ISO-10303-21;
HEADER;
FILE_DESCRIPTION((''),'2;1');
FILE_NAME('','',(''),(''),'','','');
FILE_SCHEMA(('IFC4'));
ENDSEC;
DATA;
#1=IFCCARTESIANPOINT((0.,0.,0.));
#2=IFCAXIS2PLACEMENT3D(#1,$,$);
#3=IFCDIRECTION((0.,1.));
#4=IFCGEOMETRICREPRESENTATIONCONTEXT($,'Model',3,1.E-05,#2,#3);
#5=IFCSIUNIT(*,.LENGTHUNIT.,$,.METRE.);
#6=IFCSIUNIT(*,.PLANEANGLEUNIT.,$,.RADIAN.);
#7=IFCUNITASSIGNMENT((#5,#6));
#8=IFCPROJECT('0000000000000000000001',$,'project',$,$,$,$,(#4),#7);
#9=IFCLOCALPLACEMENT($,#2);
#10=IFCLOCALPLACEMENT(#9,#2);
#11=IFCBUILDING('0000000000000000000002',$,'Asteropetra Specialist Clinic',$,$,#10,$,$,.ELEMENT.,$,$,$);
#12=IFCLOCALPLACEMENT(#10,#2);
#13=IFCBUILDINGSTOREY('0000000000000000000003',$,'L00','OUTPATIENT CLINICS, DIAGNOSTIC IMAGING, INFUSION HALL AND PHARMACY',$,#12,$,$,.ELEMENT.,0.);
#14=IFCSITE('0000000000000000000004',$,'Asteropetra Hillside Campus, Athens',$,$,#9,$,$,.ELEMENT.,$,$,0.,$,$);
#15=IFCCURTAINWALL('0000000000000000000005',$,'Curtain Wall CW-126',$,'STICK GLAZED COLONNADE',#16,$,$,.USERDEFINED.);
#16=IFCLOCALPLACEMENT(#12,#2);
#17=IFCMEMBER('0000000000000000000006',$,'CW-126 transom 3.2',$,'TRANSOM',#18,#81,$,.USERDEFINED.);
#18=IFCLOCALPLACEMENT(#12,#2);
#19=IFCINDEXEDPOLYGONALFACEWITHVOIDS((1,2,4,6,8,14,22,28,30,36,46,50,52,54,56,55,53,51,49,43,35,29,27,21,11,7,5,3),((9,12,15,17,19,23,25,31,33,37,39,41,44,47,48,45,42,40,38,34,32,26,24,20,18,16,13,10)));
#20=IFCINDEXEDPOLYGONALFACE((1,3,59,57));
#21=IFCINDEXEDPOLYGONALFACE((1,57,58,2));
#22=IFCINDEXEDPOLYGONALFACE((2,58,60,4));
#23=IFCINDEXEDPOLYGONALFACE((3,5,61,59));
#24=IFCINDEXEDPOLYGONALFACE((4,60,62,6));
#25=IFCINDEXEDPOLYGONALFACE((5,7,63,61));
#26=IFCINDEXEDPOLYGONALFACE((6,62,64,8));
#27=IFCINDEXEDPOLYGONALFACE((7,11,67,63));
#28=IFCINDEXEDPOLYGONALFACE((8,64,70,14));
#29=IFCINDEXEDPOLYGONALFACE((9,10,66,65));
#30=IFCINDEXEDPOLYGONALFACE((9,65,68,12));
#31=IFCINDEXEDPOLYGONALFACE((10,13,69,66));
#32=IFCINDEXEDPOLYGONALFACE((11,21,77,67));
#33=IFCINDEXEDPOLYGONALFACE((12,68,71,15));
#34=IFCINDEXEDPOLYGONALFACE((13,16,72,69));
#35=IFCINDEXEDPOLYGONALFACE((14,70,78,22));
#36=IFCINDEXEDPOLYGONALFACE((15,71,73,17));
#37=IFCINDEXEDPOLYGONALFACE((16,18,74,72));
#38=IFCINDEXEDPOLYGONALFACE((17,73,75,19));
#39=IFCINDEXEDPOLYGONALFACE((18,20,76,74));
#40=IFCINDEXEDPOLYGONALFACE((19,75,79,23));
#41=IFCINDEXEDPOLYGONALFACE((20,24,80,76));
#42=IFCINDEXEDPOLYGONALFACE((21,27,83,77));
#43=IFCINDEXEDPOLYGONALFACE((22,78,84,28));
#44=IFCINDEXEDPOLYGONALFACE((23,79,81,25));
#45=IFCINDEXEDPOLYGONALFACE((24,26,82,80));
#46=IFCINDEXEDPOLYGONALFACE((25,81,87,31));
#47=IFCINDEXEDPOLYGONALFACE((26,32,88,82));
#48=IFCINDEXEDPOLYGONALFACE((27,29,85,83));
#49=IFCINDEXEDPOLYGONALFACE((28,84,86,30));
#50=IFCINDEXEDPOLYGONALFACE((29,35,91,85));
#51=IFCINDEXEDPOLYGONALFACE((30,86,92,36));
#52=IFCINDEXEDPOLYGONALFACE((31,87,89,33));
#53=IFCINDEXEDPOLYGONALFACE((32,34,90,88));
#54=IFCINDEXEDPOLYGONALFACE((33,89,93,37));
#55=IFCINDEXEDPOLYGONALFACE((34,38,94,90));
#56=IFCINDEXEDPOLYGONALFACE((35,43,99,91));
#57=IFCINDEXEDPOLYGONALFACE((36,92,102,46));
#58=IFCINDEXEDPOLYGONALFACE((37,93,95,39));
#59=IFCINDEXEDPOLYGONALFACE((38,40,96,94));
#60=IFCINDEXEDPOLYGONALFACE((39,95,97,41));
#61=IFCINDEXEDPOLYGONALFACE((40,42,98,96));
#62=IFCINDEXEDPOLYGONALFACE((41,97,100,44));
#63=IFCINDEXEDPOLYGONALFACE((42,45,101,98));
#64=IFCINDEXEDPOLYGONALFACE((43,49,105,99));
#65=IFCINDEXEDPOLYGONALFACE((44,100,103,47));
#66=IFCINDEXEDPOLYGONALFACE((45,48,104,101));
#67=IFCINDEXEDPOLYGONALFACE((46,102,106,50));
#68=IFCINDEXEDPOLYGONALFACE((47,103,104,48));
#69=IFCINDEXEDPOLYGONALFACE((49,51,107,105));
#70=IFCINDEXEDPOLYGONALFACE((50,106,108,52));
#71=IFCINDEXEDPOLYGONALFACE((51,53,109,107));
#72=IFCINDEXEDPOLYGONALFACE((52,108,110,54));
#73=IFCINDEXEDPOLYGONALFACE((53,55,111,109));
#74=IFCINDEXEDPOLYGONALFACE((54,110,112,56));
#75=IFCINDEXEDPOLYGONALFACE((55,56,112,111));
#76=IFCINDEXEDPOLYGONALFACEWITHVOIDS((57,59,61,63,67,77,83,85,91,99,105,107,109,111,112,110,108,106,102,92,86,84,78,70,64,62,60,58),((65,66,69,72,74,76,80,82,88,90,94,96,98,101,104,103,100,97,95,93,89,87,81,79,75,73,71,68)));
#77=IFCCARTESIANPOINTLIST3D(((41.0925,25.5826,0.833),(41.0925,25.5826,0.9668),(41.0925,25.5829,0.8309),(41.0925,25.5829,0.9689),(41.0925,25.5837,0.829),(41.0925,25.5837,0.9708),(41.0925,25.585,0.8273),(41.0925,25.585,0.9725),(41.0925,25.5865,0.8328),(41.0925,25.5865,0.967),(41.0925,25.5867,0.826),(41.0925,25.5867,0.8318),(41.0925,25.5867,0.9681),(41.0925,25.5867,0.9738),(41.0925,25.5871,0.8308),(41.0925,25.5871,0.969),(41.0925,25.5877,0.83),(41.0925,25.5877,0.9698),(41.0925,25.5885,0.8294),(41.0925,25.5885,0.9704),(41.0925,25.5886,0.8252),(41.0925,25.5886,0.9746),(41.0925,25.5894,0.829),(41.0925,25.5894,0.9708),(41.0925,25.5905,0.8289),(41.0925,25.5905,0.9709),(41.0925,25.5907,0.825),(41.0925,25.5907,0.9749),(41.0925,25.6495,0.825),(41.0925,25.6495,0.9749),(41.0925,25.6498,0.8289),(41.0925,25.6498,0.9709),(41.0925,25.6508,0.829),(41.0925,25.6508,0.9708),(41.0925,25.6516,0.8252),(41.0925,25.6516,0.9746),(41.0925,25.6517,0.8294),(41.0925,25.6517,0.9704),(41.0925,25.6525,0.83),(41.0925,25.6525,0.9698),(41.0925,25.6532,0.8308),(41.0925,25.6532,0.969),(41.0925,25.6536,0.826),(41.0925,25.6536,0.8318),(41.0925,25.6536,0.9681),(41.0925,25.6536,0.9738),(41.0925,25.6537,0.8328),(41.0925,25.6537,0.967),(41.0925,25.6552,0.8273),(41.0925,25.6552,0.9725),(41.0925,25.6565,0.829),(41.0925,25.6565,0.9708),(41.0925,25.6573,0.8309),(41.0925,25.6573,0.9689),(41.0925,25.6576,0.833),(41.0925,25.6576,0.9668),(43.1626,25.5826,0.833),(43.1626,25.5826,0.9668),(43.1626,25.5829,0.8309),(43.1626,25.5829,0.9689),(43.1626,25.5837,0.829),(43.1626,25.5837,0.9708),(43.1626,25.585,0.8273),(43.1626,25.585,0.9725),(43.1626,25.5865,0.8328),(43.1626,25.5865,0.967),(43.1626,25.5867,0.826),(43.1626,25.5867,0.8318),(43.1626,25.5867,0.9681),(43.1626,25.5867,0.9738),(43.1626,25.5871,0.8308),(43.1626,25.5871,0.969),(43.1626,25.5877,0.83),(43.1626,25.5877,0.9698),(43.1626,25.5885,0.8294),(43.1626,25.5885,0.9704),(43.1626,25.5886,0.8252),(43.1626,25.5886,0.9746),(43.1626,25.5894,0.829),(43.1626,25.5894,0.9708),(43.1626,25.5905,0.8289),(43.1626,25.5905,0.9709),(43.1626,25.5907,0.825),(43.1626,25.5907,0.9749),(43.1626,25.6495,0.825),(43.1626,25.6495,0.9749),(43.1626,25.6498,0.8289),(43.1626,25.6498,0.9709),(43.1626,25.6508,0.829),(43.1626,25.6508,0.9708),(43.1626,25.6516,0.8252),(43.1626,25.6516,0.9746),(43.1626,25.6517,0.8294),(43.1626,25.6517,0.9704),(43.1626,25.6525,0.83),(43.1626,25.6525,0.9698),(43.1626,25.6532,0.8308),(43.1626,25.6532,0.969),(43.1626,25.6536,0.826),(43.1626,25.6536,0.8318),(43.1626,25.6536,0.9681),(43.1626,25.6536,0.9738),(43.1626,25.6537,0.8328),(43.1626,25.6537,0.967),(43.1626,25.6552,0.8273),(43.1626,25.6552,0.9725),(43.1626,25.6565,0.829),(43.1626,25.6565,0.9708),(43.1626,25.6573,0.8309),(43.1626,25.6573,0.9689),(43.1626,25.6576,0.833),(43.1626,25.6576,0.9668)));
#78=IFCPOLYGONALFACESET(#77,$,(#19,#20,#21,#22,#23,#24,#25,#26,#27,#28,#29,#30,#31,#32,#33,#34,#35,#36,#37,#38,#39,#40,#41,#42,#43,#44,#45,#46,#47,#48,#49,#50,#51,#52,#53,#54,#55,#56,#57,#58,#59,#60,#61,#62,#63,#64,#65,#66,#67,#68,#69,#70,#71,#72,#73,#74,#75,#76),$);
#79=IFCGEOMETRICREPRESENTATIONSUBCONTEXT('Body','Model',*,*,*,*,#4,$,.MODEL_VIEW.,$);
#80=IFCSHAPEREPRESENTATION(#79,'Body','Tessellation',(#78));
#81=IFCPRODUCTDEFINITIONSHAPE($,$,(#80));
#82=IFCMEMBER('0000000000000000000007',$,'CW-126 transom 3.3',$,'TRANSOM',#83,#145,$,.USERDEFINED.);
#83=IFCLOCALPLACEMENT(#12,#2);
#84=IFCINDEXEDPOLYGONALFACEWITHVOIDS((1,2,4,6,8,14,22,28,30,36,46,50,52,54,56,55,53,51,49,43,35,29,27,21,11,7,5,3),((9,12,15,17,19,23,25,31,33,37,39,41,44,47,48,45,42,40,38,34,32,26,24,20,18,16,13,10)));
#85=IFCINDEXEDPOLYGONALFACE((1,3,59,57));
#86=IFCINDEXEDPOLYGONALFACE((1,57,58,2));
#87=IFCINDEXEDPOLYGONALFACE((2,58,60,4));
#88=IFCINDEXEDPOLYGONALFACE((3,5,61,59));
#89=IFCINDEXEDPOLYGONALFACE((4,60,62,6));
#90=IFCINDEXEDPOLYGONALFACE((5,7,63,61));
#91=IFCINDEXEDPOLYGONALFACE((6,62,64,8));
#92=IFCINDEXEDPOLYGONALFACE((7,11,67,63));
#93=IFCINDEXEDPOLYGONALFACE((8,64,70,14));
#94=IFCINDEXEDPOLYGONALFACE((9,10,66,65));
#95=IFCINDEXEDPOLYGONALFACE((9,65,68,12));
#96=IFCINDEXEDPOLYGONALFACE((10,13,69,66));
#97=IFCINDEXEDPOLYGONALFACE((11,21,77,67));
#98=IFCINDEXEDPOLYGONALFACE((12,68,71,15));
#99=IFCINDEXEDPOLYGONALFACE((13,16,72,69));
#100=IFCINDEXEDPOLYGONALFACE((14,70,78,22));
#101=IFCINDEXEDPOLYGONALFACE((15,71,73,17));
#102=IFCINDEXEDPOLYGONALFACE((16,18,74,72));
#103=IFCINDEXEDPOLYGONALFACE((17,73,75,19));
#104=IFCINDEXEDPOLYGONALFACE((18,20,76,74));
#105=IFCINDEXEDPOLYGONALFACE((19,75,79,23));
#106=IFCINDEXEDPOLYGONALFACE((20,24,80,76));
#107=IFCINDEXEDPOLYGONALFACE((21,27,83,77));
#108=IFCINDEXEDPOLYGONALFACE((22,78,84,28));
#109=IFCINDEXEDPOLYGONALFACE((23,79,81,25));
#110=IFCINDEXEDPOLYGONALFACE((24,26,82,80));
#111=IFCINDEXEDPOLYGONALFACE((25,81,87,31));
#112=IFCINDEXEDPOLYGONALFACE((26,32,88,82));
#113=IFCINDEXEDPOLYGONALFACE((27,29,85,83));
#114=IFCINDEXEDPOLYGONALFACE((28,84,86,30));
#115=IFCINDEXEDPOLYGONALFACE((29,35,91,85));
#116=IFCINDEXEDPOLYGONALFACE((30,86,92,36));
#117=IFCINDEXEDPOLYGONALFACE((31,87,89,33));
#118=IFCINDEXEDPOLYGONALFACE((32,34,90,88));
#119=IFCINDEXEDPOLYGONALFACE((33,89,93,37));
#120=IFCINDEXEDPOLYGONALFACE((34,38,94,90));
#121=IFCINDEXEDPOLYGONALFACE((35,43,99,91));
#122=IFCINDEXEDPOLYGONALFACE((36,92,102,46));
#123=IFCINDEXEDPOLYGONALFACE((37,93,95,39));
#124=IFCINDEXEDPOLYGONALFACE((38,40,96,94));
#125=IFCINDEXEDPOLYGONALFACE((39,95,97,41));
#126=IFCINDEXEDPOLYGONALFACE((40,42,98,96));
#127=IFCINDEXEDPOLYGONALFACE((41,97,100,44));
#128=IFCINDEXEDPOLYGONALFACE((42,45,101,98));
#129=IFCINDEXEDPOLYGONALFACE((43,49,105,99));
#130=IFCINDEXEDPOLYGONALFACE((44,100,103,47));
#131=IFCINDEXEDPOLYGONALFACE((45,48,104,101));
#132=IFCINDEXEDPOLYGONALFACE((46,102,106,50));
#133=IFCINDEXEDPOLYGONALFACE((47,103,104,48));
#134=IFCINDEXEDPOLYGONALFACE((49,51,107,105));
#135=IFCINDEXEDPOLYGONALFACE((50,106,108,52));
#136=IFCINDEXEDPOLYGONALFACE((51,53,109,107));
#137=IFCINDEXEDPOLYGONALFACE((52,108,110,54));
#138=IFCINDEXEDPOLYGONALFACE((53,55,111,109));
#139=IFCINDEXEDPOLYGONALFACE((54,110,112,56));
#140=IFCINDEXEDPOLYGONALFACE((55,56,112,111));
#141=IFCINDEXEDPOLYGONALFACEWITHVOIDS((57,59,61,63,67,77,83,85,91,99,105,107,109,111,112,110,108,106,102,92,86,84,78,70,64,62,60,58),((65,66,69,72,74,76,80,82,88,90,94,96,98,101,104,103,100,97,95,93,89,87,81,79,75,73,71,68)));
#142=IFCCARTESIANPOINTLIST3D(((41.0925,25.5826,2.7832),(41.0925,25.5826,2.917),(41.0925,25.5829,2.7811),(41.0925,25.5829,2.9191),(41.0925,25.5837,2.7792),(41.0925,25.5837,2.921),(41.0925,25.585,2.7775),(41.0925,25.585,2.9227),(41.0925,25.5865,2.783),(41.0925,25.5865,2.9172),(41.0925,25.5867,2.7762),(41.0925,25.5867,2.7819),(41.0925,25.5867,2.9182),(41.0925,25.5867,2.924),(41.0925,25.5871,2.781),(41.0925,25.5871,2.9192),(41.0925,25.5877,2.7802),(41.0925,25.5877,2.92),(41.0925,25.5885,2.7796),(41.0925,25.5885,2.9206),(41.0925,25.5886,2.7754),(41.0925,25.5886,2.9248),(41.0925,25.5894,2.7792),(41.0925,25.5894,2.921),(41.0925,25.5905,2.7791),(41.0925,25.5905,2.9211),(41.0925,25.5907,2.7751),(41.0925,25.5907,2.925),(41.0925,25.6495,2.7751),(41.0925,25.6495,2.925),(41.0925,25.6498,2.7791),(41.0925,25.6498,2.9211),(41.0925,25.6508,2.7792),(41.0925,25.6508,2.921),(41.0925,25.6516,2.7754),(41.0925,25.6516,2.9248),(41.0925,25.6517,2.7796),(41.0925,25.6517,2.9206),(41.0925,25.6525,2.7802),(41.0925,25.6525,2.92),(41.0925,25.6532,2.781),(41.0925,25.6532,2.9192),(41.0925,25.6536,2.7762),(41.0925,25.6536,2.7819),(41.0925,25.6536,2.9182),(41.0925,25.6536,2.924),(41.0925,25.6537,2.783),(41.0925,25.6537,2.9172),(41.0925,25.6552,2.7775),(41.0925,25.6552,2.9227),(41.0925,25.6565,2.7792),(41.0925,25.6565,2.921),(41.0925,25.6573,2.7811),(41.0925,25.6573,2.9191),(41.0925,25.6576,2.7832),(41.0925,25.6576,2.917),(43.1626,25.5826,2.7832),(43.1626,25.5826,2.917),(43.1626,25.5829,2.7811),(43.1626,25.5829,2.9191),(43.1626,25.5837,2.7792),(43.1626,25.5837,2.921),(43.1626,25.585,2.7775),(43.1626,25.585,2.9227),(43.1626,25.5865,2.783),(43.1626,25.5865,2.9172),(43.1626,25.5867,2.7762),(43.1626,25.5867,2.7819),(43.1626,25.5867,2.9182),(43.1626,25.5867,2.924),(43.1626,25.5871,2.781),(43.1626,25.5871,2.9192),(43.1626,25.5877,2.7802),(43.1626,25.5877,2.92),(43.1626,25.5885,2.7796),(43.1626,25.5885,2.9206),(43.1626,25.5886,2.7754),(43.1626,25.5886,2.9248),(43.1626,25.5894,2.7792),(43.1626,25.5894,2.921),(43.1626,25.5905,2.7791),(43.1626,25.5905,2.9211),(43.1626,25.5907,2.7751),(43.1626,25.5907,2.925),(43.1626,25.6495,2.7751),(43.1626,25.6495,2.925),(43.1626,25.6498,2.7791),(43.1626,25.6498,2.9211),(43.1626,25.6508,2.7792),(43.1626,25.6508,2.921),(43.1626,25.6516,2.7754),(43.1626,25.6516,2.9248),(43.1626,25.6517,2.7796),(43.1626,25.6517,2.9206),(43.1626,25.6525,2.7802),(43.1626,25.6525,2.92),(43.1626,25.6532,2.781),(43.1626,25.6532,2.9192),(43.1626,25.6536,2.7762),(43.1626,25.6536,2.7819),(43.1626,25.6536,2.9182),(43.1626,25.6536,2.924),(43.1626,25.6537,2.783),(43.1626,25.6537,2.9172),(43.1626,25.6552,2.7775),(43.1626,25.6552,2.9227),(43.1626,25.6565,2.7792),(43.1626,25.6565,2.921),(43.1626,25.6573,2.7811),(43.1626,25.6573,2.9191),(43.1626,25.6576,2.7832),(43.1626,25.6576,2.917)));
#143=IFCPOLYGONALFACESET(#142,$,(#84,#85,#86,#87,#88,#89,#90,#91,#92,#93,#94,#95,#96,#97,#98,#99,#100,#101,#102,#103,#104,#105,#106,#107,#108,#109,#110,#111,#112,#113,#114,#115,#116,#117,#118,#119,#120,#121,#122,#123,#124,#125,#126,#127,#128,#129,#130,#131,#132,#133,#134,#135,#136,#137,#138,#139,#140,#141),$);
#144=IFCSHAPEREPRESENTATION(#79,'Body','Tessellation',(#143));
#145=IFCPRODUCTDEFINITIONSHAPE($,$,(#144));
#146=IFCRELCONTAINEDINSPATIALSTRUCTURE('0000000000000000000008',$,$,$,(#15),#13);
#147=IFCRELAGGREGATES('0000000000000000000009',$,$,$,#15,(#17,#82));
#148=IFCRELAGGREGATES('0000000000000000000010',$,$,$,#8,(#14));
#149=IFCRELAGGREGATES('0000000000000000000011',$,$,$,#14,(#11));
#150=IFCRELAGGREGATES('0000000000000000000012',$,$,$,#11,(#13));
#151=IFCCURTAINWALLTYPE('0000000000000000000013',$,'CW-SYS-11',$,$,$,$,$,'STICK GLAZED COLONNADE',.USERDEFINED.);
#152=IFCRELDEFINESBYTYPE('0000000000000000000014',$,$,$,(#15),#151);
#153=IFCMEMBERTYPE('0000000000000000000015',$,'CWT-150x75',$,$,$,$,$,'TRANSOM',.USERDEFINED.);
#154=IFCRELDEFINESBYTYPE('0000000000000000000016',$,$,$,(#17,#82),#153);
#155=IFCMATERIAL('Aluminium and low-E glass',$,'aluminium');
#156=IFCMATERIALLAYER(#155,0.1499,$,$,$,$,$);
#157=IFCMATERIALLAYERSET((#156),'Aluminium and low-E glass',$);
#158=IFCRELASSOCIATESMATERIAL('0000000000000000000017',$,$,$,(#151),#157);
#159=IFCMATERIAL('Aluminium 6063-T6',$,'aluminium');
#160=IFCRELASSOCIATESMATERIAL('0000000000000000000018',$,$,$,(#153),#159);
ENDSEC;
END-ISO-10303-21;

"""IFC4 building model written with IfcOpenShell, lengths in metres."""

from ifc_helpers import new_model, si_unit, direction, frame, origin, origin_2d, place, context, subcontext, project, spatial, hollow_rectangle, extrude, material, layer, layer_set, material_profile, profile_set, type_object, element, aggregate, save


model = new_model("IFC4")

# Units and contexts
model_context = context("Model", 3, precision=1e-05, world=origin(), true_north=direction((0.0, 1.0)))
body_context = subcontext(model_context, "Body", "Model", "MODEL_VIEW")
ifc_project = project(units=[si_unit("LENGTHUNIT", "METRE"), si_unit("PLANEANGLEUNIT", "RADIAN")], contexts=[model_context])

# Site, building, storey
site_placement = place(None, origin())
site = spatial("IfcSite", under=ifc_project, at=site_placement, Name="Asteropetra Hillside Campus, Athens", CompositionType="ELEMENT", RefElevation=0.0)
building_placement = place(site_placement, origin())
building = spatial("IfcBuilding", under=site, at=building_placement, Name="Asteropetra Specialist Clinic", CompositionType="ELEMENT")
storey_placement = place(building_placement, origin())
storey = spatial("IfcBuildingStorey", under=building, at=storey_placement, Name="L00", Description="OUTPATIENT CLINICS, DIAGNOSTIC IMAGING, INFUSION HALL AND PHARMACY", CompositionType="ELEMENT", Elevation=0.0)

# Curtain wall, members
ifc_material_1 = material(Name="Aluminium and low-E glass", Category="aluminium")
ifc_layer_1 = layer(ifc_material_1, 0.1499)
ifc_layer_set_1 = layer_set([ifc_layer_1], Name="Aluminium and low-E glass")
curtain_wall_type = type_object("IfcCurtainWallType", Name="CW-SYS-11", ElementType="STICK GLAZED COLONNADE", PredefinedType="USERDEFINED", material=ifc_layer_set_1)
curtain_wall_placement = place(storey_placement, origin())
curtain_wall = element("IfcCurtainWall", 1, at=curtain_wall_placement, inside=storey, type_object=curtain_wall_type, Name="Curtain Wall CW-126", ObjectType="STICK GLAZED COLONNADE", PredefinedType="USERDEFINED")
ifc_material_2 = material(Name="Aluminium 6063-T6", Category="aluminium")
ifc_material_profile_1 = material_profile(ifc_material_2, hollow_rectangle(XDim=0.075, YDim=0.1499, WallThickness=0.0039, InnerFilletRadius=0.0039, OuterFilletRadius=0.0081, at=origin_2d()), Name="TRN 150x75x4.0")
ifc_profile_set_1 = profile_set([ifc_material_profile_1], Name="Aluminium 6063-T6")
member_type_1 = type_object("IfcMemberType", Name="CWT-150x75", ElementType="TRANSOM", PredefinedType="USERDEFINED", material=ifc_profile_set_1)
member_1_placement = place(storey_placement, frame((43.1626, 25.6201, 0.8999), z_axis=(-1.0, 0.0, 0.0), x_axis=(0.0, -1.0, 0.0)))
member_1 = element("IfcMember", 2, at=member_1_placement, type_object=member_type_1, Name="CW-126 transom 3.2", ObjectType="TRANSOM", PredefinedType="USERDEFINED", context=body_context, shape_type="SweptSolid", body=[
    extrude(hollow_rectangle(XDim=0.075, YDim=0.1499, WallThickness=0.0039, InnerFilletRadius=0.0039, OuterFilletRadius=0.0081, at=origin_2d()), origin(), (0.0, 0.0, 1.0), 2.0701),
])
member_2_placement = place(storey_placement, frame((43.1626, 25.6201, 2.8501), z_axis=(-1.0, 0.0, 0.0), x_axis=(0.0, -1.0, 0.0)))
member_2 = element("IfcMember", 3, at=member_2_placement, type_object=member_type_1, Name="CW-126 transom 3.3", ObjectType="TRANSOM", PredefinedType="USERDEFINED", context=body_context, shape_type="SweptSolid", body=[
    extrude(hollow_rectangle(XDim=0.075, YDim=0.1499, WallThickness=0.0039, InnerFilletRadius=0.0039, OuterFilletRadius=0.0081, at=origin_2d()), origin(), (0.0, 0.0, 1.0), 2.0701),
])
aggregate(curtain_wall, [member_1, member_2])

save(model, "model.ifc")
